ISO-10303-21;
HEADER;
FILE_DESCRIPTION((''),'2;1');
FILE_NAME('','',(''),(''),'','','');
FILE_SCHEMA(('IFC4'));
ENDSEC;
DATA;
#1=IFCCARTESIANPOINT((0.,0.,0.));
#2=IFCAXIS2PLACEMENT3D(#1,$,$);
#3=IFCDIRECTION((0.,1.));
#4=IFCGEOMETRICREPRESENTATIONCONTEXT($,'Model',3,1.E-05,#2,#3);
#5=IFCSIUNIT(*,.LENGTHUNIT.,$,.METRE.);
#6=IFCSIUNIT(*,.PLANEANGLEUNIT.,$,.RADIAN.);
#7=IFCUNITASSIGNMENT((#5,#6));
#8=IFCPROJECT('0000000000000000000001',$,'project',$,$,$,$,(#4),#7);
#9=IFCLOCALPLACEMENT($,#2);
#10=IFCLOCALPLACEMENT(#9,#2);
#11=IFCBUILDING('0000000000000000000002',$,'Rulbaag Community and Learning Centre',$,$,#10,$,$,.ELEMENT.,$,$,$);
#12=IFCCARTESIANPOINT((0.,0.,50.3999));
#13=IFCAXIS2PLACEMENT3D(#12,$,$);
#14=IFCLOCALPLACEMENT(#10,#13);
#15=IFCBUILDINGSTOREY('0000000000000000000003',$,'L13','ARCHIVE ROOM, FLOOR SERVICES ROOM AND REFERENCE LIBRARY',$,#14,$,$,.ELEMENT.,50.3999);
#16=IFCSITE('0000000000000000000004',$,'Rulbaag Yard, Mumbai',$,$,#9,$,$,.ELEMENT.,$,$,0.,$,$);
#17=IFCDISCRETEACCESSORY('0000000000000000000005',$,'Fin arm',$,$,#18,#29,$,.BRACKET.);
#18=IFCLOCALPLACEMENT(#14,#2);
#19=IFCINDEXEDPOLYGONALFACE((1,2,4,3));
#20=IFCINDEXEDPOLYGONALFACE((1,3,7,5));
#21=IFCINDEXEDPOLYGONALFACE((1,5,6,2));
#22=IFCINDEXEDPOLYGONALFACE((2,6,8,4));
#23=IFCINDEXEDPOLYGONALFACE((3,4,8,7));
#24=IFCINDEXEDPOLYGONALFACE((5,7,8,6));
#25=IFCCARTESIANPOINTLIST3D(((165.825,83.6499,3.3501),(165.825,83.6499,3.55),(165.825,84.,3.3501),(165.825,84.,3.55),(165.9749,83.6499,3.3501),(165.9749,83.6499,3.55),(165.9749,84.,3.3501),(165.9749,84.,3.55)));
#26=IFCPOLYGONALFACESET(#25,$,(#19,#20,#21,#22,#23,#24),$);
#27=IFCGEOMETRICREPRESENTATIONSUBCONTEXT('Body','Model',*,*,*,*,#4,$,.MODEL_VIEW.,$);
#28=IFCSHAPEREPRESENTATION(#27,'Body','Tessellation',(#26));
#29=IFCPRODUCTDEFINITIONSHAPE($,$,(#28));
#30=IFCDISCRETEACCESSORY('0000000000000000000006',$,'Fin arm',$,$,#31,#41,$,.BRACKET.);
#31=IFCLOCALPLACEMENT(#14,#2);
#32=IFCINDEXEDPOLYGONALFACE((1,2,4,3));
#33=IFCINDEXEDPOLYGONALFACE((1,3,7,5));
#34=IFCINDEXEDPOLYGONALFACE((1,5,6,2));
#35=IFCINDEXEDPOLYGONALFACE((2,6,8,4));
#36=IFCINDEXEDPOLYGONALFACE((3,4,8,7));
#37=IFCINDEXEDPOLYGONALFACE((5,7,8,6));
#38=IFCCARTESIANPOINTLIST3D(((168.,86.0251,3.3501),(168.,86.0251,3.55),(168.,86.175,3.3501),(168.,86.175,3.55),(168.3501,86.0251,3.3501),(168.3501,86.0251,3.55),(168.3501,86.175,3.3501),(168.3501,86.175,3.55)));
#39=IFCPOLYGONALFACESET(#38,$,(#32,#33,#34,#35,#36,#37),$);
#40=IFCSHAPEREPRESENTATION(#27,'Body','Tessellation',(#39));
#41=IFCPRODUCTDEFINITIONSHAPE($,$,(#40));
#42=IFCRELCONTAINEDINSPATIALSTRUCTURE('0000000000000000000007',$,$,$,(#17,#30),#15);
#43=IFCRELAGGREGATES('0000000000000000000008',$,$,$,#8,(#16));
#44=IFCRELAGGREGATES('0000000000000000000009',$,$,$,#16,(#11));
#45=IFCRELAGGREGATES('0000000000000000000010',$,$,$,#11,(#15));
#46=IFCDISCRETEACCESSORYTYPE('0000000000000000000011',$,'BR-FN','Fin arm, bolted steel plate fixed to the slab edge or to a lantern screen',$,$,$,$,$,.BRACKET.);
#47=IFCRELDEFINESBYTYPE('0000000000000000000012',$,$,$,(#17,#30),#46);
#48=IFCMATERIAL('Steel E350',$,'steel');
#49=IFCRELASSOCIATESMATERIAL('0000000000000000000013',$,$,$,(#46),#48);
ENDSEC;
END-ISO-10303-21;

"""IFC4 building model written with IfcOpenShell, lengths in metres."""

from ifc_helpers import new_model, si_unit, direction, frame, origin, origin_2d, place, context, subcontext, project, spatial, rectangle, extrude, material, type_object, element, save


model = new_model("IFC4")

# Units and contexts
model_context = context("Model", 3, precision=1e-05, world=origin(), true_north=direction((0.0, 1.0)))
body_context = subcontext(model_context, "Body", "Model", "MODEL_VIEW")
ifc_project = project(units=[si_unit("LENGTHUNIT", "METRE"), si_unit("PLANEANGLEUNIT", "RADIAN")], contexts=[model_context])

# Site, building, storey
site_placement = place(None, origin())
site = spatial("IfcSite", under=ifc_project, at=site_placement, Name="Rulbaag Yard, Mumbai", CompositionType="ELEMENT", RefElevation=0.0)
building_placement = place(site_placement, origin())
building = spatial("IfcBuilding", under=site, at=building_placement, Name="Rulbaag Community and Learning Centre", CompositionType="ELEMENT")
storey_placement = place(building_placement, frame((0.0, 0.0, 50.3999)))
storey = spatial("IfcBuildingStorey", under=building, at=storey_placement, Name="L13", Description="ARCHIVE ROOM, FLOOR SERVICES ROOM AND REFERENCE LIBRARY", CompositionType="ELEMENT", Elevation=50.3999)

# Discrete accessories
ifc_material_1 = material(Name="Steel E350", Category="steel")
discrete_accessory_type = type_object("IfcDiscreteAccessoryType", Name="BR-FN", Description="Fin arm, bolted steel plate fixed to the slab edge or to a lantern screen", PredefinedType="BRACKET", material=ifc_material_1)
discrete_accessory_1_placement = place(storey_placement, frame((165.8999, 83.825, 3.3501), z_axis=(0.0, 0.0, 1.0), x_axis=(1.0, 0.0, 0.0)))
element("IfcDiscreteAccessory", 1, at=discrete_accessory_1_placement, inside=storey, type_object=discrete_accessory_type, Name="Fin arm", PredefinedType="BRACKET", context=body_context, shape_type="SweptSolid", body=[
    extrude(rectangle(XDim=0.1499, YDim=0.3501, at=origin_2d()), origin(), (0.0, 0.0, 1.0), 0.2),
])
discrete_accessory_2_placement = place(storey_placement, frame((168.175, 86.1001, 3.3501), z_axis=(0.0, 0.0, 1.0), x_axis=(1.0, 0.0, 0.0)))
element("IfcDiscreteAccessory", 2, at=discrete_accessory_2_placement, inside=storey, type_object=discrete_accessory_type, Name="Fin arm", PredefinedType="BRACKET", context=body_context, shape_type="SweptSolid", body=[
    extrude(rectangle(XDim=0.3501, YDim=0.1499, at=origin_2d()), origin(), (0.0, 0.0, 1.0), 0.2),
])

save(model, "model.ifc")
